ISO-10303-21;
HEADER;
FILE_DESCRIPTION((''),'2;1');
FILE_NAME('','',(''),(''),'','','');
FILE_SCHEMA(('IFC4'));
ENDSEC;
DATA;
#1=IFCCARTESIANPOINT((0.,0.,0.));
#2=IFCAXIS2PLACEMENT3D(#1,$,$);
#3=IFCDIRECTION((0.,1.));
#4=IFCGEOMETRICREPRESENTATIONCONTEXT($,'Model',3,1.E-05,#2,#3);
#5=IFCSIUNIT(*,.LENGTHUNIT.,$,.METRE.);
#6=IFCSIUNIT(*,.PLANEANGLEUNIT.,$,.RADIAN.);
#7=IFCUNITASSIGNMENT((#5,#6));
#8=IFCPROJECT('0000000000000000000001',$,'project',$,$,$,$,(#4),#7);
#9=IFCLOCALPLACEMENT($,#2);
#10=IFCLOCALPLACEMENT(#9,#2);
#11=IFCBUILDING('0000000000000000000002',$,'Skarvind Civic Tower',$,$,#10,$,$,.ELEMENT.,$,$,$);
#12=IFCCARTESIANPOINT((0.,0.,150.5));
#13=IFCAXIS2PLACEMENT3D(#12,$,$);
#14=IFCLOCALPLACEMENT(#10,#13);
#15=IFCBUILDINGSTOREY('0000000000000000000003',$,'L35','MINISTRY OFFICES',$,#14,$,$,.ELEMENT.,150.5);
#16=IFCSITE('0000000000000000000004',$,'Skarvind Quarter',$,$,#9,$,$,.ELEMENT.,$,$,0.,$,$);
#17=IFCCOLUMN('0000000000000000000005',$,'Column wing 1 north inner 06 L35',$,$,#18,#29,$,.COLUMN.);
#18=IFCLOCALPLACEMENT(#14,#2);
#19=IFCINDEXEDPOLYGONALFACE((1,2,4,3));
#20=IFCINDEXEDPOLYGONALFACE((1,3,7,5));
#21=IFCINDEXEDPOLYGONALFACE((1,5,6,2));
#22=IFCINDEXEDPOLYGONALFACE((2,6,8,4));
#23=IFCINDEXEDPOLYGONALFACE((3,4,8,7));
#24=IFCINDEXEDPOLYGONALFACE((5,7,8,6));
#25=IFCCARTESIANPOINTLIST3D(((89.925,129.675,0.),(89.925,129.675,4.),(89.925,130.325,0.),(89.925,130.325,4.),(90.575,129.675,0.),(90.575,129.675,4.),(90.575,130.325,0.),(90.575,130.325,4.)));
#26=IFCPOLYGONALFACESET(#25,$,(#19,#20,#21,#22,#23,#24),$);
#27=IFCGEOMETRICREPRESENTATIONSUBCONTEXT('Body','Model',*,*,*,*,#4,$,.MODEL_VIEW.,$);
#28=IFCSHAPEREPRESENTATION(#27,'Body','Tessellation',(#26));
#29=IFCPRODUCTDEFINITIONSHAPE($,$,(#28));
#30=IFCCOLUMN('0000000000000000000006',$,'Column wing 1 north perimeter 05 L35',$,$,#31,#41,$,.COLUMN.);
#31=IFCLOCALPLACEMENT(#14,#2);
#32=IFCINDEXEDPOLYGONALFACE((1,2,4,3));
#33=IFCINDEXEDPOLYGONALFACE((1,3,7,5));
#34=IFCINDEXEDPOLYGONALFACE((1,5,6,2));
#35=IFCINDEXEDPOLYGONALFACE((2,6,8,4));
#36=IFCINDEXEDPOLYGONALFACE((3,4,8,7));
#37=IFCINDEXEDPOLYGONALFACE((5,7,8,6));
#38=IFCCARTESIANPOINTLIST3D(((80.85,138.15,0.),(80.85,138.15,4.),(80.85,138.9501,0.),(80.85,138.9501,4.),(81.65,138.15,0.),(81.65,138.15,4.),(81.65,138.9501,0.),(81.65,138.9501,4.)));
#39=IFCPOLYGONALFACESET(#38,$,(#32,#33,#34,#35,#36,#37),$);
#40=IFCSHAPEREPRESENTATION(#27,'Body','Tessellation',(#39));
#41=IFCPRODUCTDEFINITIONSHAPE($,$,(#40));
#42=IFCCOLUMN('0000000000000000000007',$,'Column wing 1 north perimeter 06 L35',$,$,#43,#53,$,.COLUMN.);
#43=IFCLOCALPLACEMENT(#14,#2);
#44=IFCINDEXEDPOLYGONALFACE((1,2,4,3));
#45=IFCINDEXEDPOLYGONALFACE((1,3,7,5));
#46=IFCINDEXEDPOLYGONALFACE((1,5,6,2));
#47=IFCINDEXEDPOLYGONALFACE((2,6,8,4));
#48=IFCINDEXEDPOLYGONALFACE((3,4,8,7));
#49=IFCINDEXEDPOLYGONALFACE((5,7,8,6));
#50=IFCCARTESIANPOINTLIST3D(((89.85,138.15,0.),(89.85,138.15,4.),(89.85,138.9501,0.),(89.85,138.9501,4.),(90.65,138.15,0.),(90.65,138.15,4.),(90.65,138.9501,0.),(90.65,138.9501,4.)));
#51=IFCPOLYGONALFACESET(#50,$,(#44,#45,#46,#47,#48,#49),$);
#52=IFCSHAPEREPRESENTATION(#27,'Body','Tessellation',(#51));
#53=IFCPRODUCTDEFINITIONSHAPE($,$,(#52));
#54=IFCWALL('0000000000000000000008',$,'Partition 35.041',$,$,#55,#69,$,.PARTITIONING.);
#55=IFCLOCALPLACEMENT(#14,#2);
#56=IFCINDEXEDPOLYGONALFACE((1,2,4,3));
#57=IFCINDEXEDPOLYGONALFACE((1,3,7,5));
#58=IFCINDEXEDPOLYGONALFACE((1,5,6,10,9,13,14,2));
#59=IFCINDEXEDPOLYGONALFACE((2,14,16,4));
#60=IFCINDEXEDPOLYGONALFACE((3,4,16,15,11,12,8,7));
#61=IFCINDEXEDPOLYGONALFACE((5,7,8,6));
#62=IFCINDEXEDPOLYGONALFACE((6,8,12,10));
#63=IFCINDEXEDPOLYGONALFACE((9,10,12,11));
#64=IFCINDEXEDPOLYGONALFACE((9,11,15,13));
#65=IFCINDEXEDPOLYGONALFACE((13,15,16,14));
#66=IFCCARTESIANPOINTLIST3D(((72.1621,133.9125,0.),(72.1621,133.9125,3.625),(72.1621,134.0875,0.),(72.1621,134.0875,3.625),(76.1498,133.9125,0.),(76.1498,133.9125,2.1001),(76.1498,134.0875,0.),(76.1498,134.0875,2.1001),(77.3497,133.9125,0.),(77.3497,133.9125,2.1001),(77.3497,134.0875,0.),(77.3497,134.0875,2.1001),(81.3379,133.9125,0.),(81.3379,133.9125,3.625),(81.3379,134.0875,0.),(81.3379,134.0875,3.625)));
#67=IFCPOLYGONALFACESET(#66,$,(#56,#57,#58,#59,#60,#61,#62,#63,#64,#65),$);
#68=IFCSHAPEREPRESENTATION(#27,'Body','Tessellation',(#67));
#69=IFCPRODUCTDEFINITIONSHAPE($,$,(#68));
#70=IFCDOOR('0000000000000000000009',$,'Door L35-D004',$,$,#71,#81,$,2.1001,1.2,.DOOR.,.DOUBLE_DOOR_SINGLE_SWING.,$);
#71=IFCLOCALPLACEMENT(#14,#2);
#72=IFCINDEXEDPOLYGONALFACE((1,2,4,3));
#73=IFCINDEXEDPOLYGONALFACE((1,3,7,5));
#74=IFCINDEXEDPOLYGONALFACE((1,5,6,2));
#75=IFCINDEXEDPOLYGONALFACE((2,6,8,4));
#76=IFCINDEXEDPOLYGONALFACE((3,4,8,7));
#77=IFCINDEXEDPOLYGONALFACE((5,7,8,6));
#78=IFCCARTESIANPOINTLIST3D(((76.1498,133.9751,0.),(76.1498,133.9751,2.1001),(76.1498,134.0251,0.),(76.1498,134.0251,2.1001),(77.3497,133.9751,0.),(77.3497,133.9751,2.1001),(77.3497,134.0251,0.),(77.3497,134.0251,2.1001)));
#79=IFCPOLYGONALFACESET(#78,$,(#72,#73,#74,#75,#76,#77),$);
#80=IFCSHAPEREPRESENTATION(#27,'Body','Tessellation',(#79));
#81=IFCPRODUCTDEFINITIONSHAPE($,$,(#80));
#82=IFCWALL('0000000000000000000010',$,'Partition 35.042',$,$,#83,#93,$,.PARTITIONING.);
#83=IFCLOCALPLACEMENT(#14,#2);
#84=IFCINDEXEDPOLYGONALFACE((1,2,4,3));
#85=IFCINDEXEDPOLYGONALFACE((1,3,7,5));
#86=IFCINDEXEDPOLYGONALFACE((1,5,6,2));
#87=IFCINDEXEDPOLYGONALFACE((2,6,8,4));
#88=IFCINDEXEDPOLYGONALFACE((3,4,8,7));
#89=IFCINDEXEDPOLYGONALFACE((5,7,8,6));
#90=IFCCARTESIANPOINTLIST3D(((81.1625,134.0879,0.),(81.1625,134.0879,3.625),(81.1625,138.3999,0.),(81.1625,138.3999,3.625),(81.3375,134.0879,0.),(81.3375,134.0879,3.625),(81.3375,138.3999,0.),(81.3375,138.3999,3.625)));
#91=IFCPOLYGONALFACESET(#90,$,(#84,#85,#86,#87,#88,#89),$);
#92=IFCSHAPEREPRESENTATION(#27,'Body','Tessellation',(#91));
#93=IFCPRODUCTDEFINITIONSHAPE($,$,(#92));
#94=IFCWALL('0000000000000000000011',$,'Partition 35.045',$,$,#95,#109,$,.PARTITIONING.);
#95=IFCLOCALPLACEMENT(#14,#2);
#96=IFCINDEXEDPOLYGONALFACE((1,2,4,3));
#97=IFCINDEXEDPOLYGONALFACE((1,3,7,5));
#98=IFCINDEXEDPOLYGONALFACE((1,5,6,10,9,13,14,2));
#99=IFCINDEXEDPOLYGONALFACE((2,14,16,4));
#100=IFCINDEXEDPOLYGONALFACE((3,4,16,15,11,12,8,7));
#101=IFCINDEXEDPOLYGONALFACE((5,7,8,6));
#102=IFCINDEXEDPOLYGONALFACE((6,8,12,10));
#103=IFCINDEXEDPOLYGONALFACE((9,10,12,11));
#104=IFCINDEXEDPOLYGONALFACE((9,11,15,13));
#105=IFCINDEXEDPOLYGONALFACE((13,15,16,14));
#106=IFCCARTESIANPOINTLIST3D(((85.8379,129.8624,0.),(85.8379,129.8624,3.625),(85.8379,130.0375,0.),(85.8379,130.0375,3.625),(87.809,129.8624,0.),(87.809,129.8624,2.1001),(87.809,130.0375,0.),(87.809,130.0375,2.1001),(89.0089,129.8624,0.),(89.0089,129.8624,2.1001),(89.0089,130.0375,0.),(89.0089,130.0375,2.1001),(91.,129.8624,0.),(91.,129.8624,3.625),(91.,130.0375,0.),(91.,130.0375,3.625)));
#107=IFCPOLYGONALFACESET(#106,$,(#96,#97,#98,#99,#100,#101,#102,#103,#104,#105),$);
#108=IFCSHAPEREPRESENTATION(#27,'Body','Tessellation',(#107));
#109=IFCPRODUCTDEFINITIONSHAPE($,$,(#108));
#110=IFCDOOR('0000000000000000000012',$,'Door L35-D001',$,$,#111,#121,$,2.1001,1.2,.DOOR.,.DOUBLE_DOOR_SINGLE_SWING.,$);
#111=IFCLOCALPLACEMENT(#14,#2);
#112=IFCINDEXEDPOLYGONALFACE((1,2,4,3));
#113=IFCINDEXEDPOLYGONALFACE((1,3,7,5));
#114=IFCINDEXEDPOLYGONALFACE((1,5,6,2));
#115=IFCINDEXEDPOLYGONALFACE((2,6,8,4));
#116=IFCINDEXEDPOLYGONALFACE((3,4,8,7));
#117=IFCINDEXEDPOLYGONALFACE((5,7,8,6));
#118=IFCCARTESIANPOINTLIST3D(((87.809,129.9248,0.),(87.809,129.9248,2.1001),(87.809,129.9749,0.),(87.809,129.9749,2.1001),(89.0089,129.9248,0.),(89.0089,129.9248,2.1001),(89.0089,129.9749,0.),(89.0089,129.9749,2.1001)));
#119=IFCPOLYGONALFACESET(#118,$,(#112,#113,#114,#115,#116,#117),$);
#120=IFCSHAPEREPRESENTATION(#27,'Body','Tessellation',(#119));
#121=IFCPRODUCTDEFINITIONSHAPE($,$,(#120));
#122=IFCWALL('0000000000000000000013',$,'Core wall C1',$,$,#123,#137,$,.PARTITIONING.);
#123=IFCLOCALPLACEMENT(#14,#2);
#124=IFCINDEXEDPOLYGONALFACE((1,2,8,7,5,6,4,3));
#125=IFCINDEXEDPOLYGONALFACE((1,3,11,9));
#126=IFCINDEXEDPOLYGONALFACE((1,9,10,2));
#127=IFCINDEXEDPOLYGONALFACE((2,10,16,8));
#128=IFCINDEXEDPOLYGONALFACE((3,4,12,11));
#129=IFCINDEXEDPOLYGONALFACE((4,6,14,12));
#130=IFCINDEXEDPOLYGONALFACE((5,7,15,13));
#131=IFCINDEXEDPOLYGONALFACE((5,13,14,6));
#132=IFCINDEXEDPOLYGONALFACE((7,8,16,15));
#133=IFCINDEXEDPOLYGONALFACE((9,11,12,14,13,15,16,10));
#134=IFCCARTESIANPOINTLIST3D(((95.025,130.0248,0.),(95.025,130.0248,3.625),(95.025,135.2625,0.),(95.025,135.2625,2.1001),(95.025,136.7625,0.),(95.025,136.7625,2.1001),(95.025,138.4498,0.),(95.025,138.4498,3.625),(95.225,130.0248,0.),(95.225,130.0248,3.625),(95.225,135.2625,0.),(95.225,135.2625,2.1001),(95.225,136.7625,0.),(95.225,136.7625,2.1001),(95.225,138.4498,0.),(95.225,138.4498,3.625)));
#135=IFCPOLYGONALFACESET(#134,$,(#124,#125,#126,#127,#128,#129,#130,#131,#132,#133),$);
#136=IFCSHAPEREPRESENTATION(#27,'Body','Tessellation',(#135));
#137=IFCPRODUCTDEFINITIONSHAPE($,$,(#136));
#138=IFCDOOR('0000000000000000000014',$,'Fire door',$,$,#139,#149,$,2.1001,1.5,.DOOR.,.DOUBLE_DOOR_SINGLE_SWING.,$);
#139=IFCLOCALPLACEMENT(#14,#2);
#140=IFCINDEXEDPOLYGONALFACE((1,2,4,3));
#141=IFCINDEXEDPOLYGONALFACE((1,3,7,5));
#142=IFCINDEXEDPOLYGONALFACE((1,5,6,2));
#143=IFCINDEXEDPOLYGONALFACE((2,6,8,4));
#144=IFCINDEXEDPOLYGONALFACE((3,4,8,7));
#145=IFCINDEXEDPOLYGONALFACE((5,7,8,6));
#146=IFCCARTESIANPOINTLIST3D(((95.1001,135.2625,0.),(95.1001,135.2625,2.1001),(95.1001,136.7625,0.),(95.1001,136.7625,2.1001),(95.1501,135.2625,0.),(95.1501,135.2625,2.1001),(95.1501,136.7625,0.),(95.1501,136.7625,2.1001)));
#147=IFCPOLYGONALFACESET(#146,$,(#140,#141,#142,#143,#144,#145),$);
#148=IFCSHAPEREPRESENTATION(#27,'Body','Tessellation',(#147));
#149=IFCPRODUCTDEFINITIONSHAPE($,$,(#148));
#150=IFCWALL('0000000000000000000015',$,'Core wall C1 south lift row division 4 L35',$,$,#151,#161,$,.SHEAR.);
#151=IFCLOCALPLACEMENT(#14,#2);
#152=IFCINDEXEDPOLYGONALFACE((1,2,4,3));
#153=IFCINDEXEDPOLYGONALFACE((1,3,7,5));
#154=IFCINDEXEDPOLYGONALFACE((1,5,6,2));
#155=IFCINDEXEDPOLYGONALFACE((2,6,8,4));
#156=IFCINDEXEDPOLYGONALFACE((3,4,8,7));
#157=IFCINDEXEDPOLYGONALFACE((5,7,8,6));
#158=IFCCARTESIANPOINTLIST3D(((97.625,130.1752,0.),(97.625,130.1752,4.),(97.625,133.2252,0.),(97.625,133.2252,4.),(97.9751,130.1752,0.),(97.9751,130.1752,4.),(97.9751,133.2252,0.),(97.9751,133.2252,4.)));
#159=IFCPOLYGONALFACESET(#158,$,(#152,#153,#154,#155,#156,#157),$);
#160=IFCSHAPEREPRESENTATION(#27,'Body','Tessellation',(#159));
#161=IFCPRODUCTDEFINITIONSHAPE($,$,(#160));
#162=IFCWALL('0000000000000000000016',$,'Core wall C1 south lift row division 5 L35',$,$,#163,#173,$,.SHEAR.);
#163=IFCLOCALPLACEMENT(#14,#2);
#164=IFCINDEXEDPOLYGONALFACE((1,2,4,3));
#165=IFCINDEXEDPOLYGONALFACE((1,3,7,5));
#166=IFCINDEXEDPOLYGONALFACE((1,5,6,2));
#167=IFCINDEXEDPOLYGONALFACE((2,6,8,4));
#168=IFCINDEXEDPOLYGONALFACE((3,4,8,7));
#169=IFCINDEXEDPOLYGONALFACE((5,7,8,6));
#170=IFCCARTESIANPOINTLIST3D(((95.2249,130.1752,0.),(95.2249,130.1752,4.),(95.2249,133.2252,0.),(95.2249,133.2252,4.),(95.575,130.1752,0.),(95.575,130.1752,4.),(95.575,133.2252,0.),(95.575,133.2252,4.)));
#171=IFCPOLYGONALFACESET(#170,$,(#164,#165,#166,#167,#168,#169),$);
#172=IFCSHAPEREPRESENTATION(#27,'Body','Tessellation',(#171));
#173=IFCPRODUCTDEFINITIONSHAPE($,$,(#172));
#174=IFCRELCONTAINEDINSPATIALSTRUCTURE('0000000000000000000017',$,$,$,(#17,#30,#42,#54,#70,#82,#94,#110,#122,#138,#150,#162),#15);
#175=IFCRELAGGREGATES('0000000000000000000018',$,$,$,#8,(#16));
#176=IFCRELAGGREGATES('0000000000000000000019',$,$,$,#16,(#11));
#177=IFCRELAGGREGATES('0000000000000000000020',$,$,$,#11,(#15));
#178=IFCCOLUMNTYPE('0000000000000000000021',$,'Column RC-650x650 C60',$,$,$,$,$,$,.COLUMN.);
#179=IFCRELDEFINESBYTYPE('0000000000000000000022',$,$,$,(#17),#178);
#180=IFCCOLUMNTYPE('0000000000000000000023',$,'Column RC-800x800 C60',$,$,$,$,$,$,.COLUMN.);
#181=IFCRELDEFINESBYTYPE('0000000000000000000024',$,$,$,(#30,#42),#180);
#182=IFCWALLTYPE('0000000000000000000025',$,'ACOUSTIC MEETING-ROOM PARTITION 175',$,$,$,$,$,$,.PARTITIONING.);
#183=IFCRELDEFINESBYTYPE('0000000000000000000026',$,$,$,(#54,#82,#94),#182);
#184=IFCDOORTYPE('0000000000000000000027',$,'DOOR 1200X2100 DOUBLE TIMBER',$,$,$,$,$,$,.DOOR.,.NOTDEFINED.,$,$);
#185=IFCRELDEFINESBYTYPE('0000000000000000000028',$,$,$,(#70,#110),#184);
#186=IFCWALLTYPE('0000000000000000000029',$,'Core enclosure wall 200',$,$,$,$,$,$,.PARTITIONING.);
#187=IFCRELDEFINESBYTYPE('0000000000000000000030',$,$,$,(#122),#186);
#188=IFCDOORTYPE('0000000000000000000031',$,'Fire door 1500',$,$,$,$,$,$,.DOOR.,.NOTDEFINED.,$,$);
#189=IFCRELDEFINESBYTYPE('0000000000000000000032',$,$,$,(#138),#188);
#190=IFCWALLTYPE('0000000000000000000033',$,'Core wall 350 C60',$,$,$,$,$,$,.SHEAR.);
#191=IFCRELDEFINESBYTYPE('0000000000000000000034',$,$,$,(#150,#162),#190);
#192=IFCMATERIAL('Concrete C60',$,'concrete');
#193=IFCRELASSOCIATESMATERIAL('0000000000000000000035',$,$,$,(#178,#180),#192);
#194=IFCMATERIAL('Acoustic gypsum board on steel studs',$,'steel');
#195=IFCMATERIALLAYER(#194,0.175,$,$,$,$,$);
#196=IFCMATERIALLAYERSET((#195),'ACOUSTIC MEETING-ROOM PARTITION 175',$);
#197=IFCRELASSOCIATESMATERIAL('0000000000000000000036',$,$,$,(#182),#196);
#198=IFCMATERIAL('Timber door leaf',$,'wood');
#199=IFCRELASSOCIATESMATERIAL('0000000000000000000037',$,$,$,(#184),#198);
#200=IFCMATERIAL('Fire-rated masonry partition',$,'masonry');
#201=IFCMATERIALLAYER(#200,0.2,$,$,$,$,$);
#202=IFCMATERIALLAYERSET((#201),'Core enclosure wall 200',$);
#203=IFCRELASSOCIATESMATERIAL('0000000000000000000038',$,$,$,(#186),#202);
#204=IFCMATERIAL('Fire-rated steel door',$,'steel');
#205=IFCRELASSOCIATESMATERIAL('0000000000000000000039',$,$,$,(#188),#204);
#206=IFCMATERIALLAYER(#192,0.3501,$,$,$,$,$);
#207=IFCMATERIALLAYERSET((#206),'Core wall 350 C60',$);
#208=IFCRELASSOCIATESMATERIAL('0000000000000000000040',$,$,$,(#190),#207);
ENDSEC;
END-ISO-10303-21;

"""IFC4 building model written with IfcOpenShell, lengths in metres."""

from ifc_helpers import new_model, si_unit, direction, frame, frame_2d, origin, origin_2d, place, context, subcontext, project, spatial, rectangle, extrude, material, layer, layer_set, material_profile, profile_set, type_object, element, fill, save


model = new_model("IFC4")

# Units and contexts
model_context = context("Model", 3, precision=1e-05, world=origin(), true_north=direction((0.0, 1.0)))
body_context = subcontext(model_context, "Body", "Model", "MODEL_VIEW")
ifc_project = project(units=[si_unit("LENGTHUNIT", "METRE"), si_unit("PLANEANGLEUNIT", "RADIAN")], contexts=[model_context])

# Site, building, storey
site_placement = place(None, origin())
site = spatial("IfcSite", under=ifc_project, at=site_placement, Name="Skarvind Quarter", CompositionType="ELEMENT", RefElevation=0.0)
building_placement = place(site_placement, origin())
building = spatial("IfcBuilding", under=site, at=building_placement, Name="Skarvind Civic Tower", CompositionType="ELEMENT")
storey_placement = place(building_placement, frame((0.0, 0.0, 150.5)))
storey = spatial("IfcBuildingStorey", under=building, at=storey_placement, Name="L35", Description="MINISTRY OFFICES", CompositionType="ELEMENT", Elevation=150.5)

# Columns
ifc_material_1 = material(Name="Concrete C60", Category="concrete")
ifc_material_profile_1 = material_profile(ifc_material_1, rectangle(XDim=0.6499, YDim=0.6499, at=origin_2d()), Name="RC-650x650")
ifc_profile_set_1 = profile_set([ifc_material_profile_1], Name="Concrete C60")
column_type_1 = type_object("IfcColumnType", Name="Column RC-650x650 C60", PredefinedType="COLUMN", material=ifc_profile_set_1)
column_placement = place(storey_placement, frame((90.25, 130.0, 0.0), z_axis=(0.0, 0.0, 1.0), x_axis=(1.0, 0.0, 0.0)))
element("IfcColumn", 1, at=column_placement, inside=storey, type_object=column_type_1, Name="Column wing 1 north inner 06 L35", PredefinedType="COLUMN", context=body_context, shape_type="SweptSolid", body=[
    extrude(rectangle(XDim=0.6499, YDim=0.6499, at=origin_2d()), origin(), (0.0, 0.0, 1.0), 4.0),
])
ifc_material_profile_2 = material_profile(ifc_material_1, rectangle(XDim=0.8, YDim=0.8, at=origin_2d()), Name="RC-800x800")
ifc_profile_set_2 = profile_set([ifc_material_profile_2], Name="Concrete C60")
column_type_2 = type_object("IfcColumnType", Name="Column RC-800x800 C60", PredefinedType="COLUMN", material=ifc_profile_set_2)
for number, where, z_axis, x_axis, name in (
    (2, (81.25, 138.55, 0.0), (0.0, 0.0, 1.0), (1.0, 0.0, 0.0), "Column wing 1 north perimeter 05 L35"),
    (3, (90.25, 138.55, 0.0), (0.0, 0.0, 1.0), (1.0, 0.0, 0.0), "Column wing 1 north perimeter 06 L35"),
):
    element("IfcColumn", number, at=place(storey_placement, frame(where, z_axis=z_axis, x_axis=x_axis)), inside=storey, type_object=column_type_2, Name=name, PredefinedType="COLUMN", context=body_context, shape_type="SweptSolid", body=[
        extrude(rectangle(XDim=0.8, YDim=0.8, at=origin_2d()), origin(), (0.0, 0.0, 1.0), 4.0),
    ])

# Wall, opening, door
ifc_material_2 = material(Name="Acoustic gypsum board on steel studs", Category="steel")
ifc_layer_1 = layer(ifc_material_2, 0.175)
ifc_layer_set_1 = layer_set([ifc_layer_1], Name="ACOUSTIC MEETING-ROOM PARTITION 175")
wall_type_1 = type_object("IfcWallType", Name="ACOUSTIC MEETING-ROOM PARTITION 175", PredefinedType="PARTITIONING", material=ifc_layer_set_1)
wall_1_placement = place(storey_placement, frame((81.3379, 134.0, 0.0), z_axis=(0.0, 0.0, 1.0), x_axis=(-1.0, 0.0, 0.0)))
wall_1 = element("IfcWall", 4, at=wall_1_placement, inside=storey, type_object=wall_type_1, Name="Partition 35.041", PredefinedType="PARTITIONING", context=body_context, shape_type="SweptSolid", body=[
    extrude(rectangle(XDim=9.1758, YDim=0.175, at=frame_2d((4.5879, 0.0))), origin(), (0.0, 0.0, 1.0), 3.625),
])
opening_1_placement = place(wall_1_placement, frame((3.988, 0.0, 0.0)))
opening_1 = element("IfcOpeningElement", 5, at=opening_1_placement, cuts=wall_1, PredefinedType="OPENING", context=body_context, shape_type="SweptSolid", body=[
    extrude(rectangle(XDim=1.2, YDim=2.1001, at=frame_2d((0.6001, 1.05))), frame((0.0, 0.0974, 0.0), z_axis=(0.0, -1.0, 0.0), x_axis=(1.0, 0.0, 0.0)), (0.0, 0.0, 1.0), 0.1951),
])
ifc_material_3 = material(Name="Timber door leaf", Category="wood")
door_type_1 = type_object("IfcDoorType", Name="DOOR 1200X2100 DOUBLE TIMBER", OperationType="NOTDEFINED", PredefinedType="DOOR", material=ifc_material_3)
door_1_placement = place(opening_1_placement, origin())
door_1 = element("IfcDoor", 6, at=door_1_placement, inside=storey, type_object=door_type_1, Name="Door L35-D004", OperationType="DOUBLE_DOOR_SINGLE_SWING", OverallHeight=2.1001, OverallWidth=1.2, PredefinedType="DOOR", context=body_context, shape_type="SweptSolid", body=[
    extrude(rectangle(XDim=1.2, YDim=2.1001, at=frame_2d((0.6001, 1.05))), frame((0.0, 0.0249, 0.0), z_axis=(0.0, -1.0, 0.0), x_axis=(1.0, 0.0, 0.0)), (0.0, 0.0, 1.0), 0.05),
])
fill(opening_1, door_1)

# Wall
wall_2_placement = place(storey_placement, frame((81.25, 138.3999, 0.0), z_axis=(0.0, 0.0, 1.0), x_axis=(0.0, -1.0, 0.0)))
element("IfcWall", 7, at=wall_2_placement, inside=storey, type_object=wall_type_1, Name="Partition 35.042", PredefinedType="PARTITIONING", context=body_context, shape_type="SweptSolid", body=[
    extrude(rectangle(XDim=4.312, YDim=0.175, at=frame_2d((2.156, 0.0))), origin(), (0.0, 0.0, 1.0), 3.625),
])

# Walls, openings, doors
wall_3_placement = place(storey_placement, frame((85.8379, 129.95, 0.0), z_axis=(0.0, 0.0, 1.0), x_axis=(1.0, 0.0, 0.0)))
wall_3 = element("IfcWall", 8, at=wall_3_placement, inside=storey, type_object=wall_type_1, Name="Partition 35.045", PredefinedType="PARTITIONING", context=body_context, shape_type="SweptSolid", body=[
    extrude(rectangle(XDim=5.1621, YDim=0.175, at=frame_2d((2.5811, 0.0))), origin(), (0.0, 0.0, 1.0), 3.625),
])
opening_2_placement = place(wall_3_placement, frame((1.9709, 0.0, 0.0)))
opening_2 = element("IfcOpeningElement", 9, at=opening_2_placement, cuts=wall_3, PredefinedType="OPENING", context=body_context, shape_type="SweptSolid", body=[
    extrude(rectangle(XDim=1.2, YDim=2.1001, at=frame_2d((0.6001, 1.05))), frame((0.0, 0.0974, 0.0), z_axis=(0.0, -1.0, 0.0), x_axis=(1.0, 0.0, 0.0)), (0.0, 0.0, 1.0), 0.1951),
])
door_2_placement = place(opening_2_placement, origin())
door_2 = element("IfcDoor", 10, at=door_2_placement, inside=storey, type_object=door_type_1, Name="Door L35-D001", OperationType="DOUBLE_DOOR_SINGLE_SWING", OverallHeight=2.1001, OverallWidth=1.2, PredefinedType="DOOR", context=body_context, shape_type="SweptSolid", body=[
    extrude(rectangle(XDim=1.2, YDim=2.1001, at=frame_2d((0.6001, 1.05))), frame((0.0, 0.0249, 0.0), z_axis=(0.0, -1.0, 0.0), x_axis=(1.0, 0.0, 0.0)), (0.0, 0.0, 1.0), 0.05),
])
fill(opening_2, door_2)
ifc_material_4 = material(Name="Fire-rated masonry partition", Category="masonry")
ifc_layer_2 = layer(ifc_material_4, 0.2)
ifc_layer_set_2 = layer_set([ifc_layer_2], Name="Core enclosure wall 200")
wall_type_2 = type_object("IfcWallType", Name="Core enclosure wall 200", PredefinedType="PARTITIONING", material=ifc_layer_set_2)
wall_4_placement = place(storey_placement, frame((95.125, 130.0249, 0.0), z_axis=(0.0, 0.0, 1.0), x_axis=(0.0, 1.0, 0.0)))
wall_4 = element("IfcWall", 11, at=wall_4_placement, inside=storey, type_object=wall_type_2, Name="Core wall C1", PredefinedType="PARTITIONING", context=body_context, shape_type="SweptSolid", body=[
    extrude(rectangle(XDim=8.425, YDim=0.2, at=frame_2d((4.2124, 0.0))), origin(), (0.0, 0.0, 1.0), 3.625),
])
opening_3_placement = place(wall_4_placement, frame((5.2375, 0.0, 0.0)))
opening_3 = element("IfcOpeningElement", 12, at=opening_3_placement, cuts=wall_4, PredefinedType="OPENING", context=body_context, shape_type="SweptSolid", body=[
    extrude(rectangle(XDim=1.5, YDim=2.1001, at=frame_2d((0.75, 1.05))), frame((0.0, 0.1099, 0.0), z_axis=(0.0, -1.0, 0.0), x_axis=(1.0, 0.0, 0.0)), (0.0, 0.0, 1.0), 0.22),
])
ifc_material_5 = material(Name="Fire-rated steel door", Category="steel")
door_type_2 = type_object("IfcDoorType", Name="Fire door 1500", OperationType="NOTDEFINED", PredefinedType="DOOR", material=ifc_material_5)
door_3_placement = place(opening_3_placement, origin())
door_3 = element("IfcDoor", 13, at=door_3_placement, inside=storey, type_object=door_type_2, Name="Fire door", OperationType="DOUBLE_DOOR_SINGLE_SWING", OverallHeight=2.1001, OverallWidth=1.5, PredefinedType="DOOR", context=body_context, shape_type="SweptSolid", body=[
    extrude(rectangle(XDim=1.5, YDim=2.1001, at=frame_2d((0.75, 1.05))), frame((0.0, 0.0249, 0.0), z_axis=(0.0, -1.0, 0.0), x_axis=(1.0, 0.0, 0.0)), (0.0, 0.0, 1.0), 0.05),
])
fill(opening_3, door_3)

# Walls
ifc_layer_3 = layer(ifc_material_1, 0.3501)
ifc_layer_set_3 = layer_set([ifc_layer_3], Name="Core wall 350 C60")
wall_type_3 = type_object("IfcWallType", Name="Core wall 350 C60", PredefinedType="SHEAR", material=ifc_layer_set_3)
for number, where, z_axis, x_axis, name in (
    (14, (97.8, 133.2251, 0.0), (0.0, 0.0, 1.0), (0.0, -1.0, 0.0), "Core wall C1 south lift row division 4 L35"),
    (15, (95.3999, 133.2251, 0.0), (0.0, 0.0, 1.0), (0.0, -1.0, 0.0), "Core wall C1 south lift row division 5 L35"),
):
    element("IfcWall", number, at=place(storey_placement, frame(where, z_axis=z_axis, x_axis=x_axis)), inside=storey, type_object=wall_type_3, Name=name, PredefinedType="SHEAR", context=body_context, shape_type="SweptSolid", body=[
        extrude(rectangle(XDim=3.05, YDim=0.3501, at=frame_2d((1.5249, 0.0))), origin(), (0.0, 0.0, 1.0), 4.0),
    ])

save(model, "model.ifc")
